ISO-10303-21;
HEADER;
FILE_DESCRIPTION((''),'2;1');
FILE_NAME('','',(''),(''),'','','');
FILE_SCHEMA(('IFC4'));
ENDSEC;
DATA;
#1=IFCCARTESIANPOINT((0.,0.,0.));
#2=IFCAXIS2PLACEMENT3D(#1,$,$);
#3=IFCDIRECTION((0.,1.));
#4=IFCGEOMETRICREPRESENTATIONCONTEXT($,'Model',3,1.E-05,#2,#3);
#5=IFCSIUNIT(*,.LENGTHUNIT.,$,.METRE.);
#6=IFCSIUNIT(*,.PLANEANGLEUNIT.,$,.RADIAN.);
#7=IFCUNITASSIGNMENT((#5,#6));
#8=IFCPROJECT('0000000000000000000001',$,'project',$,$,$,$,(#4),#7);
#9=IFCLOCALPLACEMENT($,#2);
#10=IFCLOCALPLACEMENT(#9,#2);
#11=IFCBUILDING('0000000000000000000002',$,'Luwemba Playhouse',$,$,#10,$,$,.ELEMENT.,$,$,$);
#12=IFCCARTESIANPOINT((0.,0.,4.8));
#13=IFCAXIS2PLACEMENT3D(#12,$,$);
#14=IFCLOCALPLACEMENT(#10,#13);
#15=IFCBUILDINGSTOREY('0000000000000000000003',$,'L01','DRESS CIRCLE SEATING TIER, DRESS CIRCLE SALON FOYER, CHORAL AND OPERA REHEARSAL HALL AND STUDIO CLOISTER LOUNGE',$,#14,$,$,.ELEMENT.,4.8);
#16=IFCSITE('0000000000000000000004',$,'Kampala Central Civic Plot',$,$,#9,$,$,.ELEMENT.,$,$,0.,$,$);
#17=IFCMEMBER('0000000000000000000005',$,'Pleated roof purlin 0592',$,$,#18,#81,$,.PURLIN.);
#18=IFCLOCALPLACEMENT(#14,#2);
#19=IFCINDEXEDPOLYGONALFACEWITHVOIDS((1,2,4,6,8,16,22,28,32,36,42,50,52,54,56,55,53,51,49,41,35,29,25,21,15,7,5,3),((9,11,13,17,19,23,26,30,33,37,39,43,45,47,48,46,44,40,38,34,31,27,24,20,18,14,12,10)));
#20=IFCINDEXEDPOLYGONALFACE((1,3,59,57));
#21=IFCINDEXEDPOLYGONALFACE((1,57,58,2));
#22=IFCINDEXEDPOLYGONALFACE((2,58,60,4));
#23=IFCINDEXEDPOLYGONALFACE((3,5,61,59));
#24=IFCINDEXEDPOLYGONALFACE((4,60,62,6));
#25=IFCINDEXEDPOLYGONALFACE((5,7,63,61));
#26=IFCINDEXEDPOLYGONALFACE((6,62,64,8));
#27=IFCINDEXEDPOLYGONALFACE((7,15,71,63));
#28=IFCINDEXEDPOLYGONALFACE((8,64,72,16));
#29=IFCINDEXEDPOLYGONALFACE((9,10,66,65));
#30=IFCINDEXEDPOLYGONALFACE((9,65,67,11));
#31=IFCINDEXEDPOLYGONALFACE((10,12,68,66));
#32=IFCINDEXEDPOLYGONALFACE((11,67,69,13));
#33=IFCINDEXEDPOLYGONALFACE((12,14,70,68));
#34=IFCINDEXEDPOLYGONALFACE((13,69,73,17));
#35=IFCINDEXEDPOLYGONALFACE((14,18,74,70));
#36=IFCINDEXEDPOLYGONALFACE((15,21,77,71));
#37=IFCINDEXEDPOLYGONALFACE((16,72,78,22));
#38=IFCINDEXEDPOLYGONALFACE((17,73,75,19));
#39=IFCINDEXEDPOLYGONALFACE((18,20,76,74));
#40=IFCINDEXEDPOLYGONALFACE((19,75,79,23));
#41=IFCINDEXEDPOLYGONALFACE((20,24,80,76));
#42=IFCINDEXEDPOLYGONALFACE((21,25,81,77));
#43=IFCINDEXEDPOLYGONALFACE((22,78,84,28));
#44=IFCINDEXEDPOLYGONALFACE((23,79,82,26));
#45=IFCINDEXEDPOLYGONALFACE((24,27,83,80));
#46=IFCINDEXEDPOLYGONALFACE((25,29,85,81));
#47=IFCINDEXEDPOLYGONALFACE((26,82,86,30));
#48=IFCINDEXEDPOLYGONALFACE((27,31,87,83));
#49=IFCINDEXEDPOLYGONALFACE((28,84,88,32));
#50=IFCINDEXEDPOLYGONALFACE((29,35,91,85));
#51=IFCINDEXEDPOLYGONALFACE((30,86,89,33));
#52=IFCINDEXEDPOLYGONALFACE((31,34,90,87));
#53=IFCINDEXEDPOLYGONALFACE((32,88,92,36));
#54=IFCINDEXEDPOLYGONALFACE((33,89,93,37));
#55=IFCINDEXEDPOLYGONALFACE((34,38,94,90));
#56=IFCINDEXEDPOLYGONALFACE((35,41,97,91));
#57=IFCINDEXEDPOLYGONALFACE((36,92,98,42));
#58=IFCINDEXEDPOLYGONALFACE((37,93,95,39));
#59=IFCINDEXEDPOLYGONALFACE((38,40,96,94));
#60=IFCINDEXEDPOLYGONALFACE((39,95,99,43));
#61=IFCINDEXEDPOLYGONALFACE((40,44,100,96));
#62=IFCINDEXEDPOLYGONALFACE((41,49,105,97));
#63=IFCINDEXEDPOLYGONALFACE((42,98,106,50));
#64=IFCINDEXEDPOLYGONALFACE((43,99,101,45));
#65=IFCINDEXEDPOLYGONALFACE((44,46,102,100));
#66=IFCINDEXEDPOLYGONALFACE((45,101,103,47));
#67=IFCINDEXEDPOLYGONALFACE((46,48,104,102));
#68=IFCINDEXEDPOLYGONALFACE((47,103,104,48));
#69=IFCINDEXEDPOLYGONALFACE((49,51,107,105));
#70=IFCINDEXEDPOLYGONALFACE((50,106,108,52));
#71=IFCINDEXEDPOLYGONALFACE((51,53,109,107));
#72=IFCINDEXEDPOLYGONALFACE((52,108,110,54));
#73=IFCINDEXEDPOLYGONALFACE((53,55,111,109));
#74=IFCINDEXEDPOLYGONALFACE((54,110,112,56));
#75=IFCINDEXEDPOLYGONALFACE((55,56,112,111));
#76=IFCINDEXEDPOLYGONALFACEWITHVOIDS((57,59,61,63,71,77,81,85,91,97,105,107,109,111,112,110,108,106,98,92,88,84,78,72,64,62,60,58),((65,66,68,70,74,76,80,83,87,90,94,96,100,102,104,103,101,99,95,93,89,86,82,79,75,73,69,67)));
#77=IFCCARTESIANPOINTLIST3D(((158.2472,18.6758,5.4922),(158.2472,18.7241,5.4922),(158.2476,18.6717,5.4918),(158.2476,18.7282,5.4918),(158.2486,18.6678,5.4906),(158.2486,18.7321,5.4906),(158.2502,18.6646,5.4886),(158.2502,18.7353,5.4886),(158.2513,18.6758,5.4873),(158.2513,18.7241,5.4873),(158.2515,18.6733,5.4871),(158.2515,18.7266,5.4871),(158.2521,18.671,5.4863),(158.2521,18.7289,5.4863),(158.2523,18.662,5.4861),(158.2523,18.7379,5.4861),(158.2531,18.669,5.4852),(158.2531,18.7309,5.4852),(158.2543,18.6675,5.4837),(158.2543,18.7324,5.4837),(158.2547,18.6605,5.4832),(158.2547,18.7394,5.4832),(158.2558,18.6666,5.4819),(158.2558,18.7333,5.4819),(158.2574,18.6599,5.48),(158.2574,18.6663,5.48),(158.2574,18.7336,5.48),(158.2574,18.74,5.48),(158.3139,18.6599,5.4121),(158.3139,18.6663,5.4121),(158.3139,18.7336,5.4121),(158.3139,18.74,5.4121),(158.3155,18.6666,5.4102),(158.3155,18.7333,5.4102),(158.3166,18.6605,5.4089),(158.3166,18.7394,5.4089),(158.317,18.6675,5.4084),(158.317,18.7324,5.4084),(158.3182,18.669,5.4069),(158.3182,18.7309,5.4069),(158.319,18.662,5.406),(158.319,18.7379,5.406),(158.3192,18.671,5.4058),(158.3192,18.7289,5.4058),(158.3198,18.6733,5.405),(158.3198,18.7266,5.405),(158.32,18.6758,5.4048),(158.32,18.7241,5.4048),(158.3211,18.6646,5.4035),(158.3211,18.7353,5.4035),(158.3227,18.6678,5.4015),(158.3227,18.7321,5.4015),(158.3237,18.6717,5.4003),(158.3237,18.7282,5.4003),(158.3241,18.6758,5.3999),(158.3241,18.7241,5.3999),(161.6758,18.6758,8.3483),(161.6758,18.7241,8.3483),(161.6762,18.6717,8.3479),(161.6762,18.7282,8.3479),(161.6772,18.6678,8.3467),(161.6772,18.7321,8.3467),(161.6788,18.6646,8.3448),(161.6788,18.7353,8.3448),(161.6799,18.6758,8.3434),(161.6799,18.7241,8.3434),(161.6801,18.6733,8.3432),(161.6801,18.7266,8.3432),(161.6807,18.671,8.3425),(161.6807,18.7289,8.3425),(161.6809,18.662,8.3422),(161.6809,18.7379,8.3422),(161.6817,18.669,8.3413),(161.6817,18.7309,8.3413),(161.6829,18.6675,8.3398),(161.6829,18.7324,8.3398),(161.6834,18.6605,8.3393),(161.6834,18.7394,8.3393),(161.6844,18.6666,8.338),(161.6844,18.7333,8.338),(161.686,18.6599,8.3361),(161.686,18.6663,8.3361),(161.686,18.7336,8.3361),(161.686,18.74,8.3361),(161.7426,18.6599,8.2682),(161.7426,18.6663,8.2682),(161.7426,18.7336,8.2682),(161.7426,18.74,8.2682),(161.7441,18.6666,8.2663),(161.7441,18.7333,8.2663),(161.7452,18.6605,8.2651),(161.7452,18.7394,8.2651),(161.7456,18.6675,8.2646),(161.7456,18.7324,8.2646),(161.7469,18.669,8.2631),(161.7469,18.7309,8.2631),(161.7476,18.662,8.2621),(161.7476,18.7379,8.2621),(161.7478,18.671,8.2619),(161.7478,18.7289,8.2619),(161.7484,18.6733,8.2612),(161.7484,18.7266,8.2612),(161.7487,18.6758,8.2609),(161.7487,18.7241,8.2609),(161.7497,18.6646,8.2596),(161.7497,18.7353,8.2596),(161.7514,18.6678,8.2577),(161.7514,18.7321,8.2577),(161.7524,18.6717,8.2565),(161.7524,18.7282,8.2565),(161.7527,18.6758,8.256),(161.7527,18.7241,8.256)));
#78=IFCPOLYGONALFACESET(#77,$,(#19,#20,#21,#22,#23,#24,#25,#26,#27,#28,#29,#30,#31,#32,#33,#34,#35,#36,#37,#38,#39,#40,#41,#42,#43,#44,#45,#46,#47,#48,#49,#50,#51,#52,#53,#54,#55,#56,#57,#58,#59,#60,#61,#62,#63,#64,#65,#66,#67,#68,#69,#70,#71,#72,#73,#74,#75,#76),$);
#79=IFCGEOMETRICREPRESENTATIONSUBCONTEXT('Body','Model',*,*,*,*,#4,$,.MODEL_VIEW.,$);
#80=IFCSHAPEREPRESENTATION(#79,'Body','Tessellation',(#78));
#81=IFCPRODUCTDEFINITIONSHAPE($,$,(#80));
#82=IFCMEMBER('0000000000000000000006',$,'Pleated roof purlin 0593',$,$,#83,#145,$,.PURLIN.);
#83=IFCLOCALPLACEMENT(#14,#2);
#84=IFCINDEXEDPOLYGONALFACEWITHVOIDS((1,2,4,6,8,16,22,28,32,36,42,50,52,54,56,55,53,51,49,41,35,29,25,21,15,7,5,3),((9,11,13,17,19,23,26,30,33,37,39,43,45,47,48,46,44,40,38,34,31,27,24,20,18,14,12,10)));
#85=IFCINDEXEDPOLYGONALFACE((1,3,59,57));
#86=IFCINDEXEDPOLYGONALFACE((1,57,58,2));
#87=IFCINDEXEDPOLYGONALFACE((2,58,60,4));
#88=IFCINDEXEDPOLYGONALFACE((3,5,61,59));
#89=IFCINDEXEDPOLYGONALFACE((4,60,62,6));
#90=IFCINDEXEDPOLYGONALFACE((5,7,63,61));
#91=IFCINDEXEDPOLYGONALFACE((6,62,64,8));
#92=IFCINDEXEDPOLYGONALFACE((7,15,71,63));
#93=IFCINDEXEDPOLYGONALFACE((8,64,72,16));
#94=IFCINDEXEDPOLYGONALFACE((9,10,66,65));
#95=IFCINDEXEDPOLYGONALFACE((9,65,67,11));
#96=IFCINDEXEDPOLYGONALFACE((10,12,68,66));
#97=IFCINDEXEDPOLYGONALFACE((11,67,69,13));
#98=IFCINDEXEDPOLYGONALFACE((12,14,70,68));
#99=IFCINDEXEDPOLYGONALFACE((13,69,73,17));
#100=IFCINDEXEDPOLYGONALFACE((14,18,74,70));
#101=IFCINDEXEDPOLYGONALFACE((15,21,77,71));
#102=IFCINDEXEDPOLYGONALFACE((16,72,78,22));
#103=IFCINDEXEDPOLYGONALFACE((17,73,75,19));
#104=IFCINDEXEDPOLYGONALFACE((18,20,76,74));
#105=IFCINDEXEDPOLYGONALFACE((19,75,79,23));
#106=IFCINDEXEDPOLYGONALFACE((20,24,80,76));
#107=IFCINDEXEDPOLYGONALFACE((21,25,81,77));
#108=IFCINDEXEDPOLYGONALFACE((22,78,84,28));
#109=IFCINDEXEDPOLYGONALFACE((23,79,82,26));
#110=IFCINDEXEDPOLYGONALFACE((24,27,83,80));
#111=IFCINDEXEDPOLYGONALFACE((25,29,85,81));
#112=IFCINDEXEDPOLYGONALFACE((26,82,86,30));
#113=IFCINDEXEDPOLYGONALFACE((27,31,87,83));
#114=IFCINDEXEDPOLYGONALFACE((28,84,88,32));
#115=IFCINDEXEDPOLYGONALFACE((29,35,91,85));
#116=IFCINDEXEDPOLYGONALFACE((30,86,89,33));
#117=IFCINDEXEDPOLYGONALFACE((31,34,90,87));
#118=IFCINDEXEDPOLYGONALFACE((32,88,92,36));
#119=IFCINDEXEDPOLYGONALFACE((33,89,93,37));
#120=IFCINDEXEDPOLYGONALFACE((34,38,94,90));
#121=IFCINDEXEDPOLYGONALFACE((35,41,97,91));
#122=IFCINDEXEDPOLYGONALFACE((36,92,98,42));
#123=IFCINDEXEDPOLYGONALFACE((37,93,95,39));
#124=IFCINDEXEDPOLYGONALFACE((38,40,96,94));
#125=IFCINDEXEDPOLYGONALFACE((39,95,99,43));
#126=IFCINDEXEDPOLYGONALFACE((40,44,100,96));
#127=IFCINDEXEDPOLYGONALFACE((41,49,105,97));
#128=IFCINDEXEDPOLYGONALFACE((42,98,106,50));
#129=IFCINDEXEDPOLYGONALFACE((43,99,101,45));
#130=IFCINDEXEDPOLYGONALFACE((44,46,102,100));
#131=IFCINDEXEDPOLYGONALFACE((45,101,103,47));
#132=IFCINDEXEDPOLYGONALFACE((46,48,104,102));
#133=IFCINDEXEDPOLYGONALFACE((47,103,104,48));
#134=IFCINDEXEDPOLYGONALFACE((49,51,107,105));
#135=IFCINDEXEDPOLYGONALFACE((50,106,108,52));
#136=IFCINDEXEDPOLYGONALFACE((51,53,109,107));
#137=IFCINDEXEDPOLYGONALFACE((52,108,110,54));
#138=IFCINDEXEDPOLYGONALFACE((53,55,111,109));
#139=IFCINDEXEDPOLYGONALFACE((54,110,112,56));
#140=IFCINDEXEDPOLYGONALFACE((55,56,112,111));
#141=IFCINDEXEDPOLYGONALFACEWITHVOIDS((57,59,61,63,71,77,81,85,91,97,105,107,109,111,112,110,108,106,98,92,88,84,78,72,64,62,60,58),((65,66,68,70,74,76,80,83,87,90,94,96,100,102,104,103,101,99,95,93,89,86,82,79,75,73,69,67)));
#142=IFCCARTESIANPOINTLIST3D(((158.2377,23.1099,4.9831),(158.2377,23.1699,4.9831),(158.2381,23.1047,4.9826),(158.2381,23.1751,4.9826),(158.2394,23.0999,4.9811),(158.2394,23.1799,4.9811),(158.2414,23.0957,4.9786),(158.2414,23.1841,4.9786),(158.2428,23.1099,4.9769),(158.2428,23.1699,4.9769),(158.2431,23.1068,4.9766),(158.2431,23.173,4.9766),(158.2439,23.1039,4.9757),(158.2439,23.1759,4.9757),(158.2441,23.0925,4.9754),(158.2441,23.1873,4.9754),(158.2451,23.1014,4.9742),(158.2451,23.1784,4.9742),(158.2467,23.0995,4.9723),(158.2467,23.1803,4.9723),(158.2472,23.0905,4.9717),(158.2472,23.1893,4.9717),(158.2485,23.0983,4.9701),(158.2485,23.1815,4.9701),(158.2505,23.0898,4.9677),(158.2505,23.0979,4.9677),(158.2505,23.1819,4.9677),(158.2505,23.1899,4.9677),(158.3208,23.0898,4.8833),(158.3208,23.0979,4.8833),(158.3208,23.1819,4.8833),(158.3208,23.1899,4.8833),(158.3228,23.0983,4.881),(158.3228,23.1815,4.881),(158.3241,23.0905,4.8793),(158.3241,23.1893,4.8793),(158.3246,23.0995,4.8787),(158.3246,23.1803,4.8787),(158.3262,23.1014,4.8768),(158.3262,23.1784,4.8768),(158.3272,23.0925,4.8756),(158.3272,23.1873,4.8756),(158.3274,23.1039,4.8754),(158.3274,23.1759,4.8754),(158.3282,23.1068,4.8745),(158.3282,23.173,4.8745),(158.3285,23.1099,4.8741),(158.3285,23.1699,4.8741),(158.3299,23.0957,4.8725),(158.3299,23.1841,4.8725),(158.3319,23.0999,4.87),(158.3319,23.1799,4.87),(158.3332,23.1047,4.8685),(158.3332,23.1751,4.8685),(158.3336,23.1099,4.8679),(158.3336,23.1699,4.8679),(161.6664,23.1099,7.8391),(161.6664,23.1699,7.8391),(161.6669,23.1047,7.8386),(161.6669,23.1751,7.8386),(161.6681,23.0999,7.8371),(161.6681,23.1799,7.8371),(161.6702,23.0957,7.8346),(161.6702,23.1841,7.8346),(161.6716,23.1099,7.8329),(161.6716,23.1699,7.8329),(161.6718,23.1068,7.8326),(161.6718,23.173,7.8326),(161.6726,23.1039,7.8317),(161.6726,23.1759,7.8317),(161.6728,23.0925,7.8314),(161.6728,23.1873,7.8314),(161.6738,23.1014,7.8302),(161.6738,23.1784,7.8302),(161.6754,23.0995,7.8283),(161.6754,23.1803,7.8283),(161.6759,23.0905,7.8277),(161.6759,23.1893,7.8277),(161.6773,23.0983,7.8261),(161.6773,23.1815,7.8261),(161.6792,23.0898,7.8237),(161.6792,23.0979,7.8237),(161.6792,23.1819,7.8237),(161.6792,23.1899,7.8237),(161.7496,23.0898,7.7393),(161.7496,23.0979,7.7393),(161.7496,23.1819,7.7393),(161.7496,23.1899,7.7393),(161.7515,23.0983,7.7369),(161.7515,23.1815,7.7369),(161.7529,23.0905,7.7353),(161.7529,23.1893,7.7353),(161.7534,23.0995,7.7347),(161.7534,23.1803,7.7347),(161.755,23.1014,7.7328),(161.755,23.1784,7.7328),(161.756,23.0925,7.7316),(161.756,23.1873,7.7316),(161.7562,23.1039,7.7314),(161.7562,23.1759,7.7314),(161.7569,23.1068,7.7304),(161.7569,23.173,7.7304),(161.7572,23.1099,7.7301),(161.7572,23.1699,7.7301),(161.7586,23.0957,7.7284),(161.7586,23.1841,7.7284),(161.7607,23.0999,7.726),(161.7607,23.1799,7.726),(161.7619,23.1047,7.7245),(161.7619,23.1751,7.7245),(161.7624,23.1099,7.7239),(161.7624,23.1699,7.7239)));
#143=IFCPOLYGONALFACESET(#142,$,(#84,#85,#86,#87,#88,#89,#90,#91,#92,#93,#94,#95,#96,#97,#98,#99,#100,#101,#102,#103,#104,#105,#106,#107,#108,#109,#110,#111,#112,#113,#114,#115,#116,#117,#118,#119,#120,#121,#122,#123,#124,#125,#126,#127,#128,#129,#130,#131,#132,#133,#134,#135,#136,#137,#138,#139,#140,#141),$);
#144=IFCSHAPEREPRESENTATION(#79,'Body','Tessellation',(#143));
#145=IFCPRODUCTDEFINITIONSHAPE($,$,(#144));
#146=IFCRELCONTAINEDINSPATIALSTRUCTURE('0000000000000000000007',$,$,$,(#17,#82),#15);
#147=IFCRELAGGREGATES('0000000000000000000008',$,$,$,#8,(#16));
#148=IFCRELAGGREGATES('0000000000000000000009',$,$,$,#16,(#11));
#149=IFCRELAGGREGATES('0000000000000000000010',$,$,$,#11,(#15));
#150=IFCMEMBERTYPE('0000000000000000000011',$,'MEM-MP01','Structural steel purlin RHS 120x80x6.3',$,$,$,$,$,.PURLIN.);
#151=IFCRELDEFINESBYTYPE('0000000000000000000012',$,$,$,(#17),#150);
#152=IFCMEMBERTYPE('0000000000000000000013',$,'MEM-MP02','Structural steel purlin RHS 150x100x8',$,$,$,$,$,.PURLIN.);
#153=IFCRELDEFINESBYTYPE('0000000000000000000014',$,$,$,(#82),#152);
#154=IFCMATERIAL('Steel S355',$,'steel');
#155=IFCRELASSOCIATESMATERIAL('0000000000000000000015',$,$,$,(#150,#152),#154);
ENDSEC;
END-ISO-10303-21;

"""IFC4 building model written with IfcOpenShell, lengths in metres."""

from ifc_helpers import new_model, si_unit, direction, frame, origin, origin_2d, place, context, subcontext, project, spatial, hollow_rectangle, extrude, material, material_profile, profile_set, type_object, element, save


model = new_model("IFC4")

# Units and contexts
model_context = context("Model", 3, precision=1e-05, world=origin(), true_north=direction((0.0, 1.0)))
body_context = subcontext(model_context, "Body", "Model", "MODEL_VIEW")
ifc_project = project(units=[si_unit("LENGTHUNIT", "METRE"), si_unit("PLANEANGLEUNIT", "RADIAN")], contexts=[model_context])

# Site, building, storey
site_placement = place(None, origin())
site = spatial("IfcSite", under=ifc_project, at=site_placement, Name="Kampala Central Civic Plot", CompositionType="ELEMENT", RefElevation=0.0)
building_placement = place(site_placement, origin())
building = spatial("IfcBuilding", under=site, at=building_placement, Name="Luwemba Playhouse", CompositionType="ELEMENT")
storey_placement = place(building_placement, frame((0.0, 0.0, 4.8)))
storey = spatial("IfcBuildingStorey", under=building, at=storey_placement, Name="L01", Description="DRESS CIRCLE SEATING TIER, DRESS CIRCLE SALON FOYER, CHORAL AND OPERA REHEARSAL HALL AND STUDIO CLOISTER LOUNGE", CompositionType="ELEMENT", Elevation=4.8)

# Shared definitions
ifc_material_1 = material(Name="Steel S355", Category="steel")

# Members
ifc_material_profile_1 = material_profile(ifc_material_1, hollow_rectangle(XDim=0.0801, YDim=0.1201, WallThickness=0.0063, InnerFilletRadius=0.0095, OuterFilletRadius=0.0159, at=origin_2d()))
ifc_profile_set_1 = profile_set([ifc_material_profile_1], Name="Steel S355")
member_type_1 = type_object("IfcMemberType", Name="MEM-MP01", Description="Structural steel purlin RHS 120x80x6.3", PredefinedType="PURLIN", material=ifc_profile_set_1)
member_1_placement = place(storey_placement, frame((158.2856, 18.7, 5.446), z_axis=(0.768338, 0.0, 0.640044), x_axis=(0.0, 1.0, 0.0)))
element("IfcMember", 1, at=member_1_placement, inside=storey, type_object=member_type_1, Name="Pleated roof purlin 0592", PredefinedType="PURLIN", context=body_context, shape_type="SweptSolid", body=[
    extrude(hollow_rectangle(XDim=0.0801, YDim=0.1201, WallThickness=0.0063, InnerFilletRadius=0.0095, OuterFilletRadius=0.0159, at=origin_2d()), origin(), (0.0, 0.0, 1.0), 4.4624),
])
ifc_material_profile_2 = material_profile(ifc_material_1, hollow_rectangle(XDim=0.1001, YDim=0.1499, WallThickness=0.0081, InnerFilletRadius=0.012, OuterFilletRadius=0.02, at=origin_2d()))
ifc_profile_set_2 = profile_set([ifc_material_profile_2], Name="Steel S355")
member_type_2 = type_object("IfcMemberType", Name="MEM-MP02", Description="Structural steel purlin RHS 150x100x8", PredefinedType="PURLIN", material=ifc_profile_set_2)
member_2_placement = place(storey_placement, frame((158.2856, 23.1399, 4.9255), z_axis=(0.768365, 0.0, 0.640012), x_axis=(0.0, 1.0, 0.0)))
element("IfcMember", 2, at=member_2_placement, inside=storey, type_object=member_type_2, Name="Pleated roof purlin 0593", PredefinedType="PURLIN", context=body_context, shape_type="SweptSolid", body=[
    extrude(hollow_rectangle(XDim=0.1001, YDim=0.1499, WallThickness=0.0081, InnerFilletRadius=0.012, OuterFilletRadius=0.02, at=origin_2d()), origin(), (0.0, 0.0, 1.0), 4.4624),
])

save(model, "model.ifc")
